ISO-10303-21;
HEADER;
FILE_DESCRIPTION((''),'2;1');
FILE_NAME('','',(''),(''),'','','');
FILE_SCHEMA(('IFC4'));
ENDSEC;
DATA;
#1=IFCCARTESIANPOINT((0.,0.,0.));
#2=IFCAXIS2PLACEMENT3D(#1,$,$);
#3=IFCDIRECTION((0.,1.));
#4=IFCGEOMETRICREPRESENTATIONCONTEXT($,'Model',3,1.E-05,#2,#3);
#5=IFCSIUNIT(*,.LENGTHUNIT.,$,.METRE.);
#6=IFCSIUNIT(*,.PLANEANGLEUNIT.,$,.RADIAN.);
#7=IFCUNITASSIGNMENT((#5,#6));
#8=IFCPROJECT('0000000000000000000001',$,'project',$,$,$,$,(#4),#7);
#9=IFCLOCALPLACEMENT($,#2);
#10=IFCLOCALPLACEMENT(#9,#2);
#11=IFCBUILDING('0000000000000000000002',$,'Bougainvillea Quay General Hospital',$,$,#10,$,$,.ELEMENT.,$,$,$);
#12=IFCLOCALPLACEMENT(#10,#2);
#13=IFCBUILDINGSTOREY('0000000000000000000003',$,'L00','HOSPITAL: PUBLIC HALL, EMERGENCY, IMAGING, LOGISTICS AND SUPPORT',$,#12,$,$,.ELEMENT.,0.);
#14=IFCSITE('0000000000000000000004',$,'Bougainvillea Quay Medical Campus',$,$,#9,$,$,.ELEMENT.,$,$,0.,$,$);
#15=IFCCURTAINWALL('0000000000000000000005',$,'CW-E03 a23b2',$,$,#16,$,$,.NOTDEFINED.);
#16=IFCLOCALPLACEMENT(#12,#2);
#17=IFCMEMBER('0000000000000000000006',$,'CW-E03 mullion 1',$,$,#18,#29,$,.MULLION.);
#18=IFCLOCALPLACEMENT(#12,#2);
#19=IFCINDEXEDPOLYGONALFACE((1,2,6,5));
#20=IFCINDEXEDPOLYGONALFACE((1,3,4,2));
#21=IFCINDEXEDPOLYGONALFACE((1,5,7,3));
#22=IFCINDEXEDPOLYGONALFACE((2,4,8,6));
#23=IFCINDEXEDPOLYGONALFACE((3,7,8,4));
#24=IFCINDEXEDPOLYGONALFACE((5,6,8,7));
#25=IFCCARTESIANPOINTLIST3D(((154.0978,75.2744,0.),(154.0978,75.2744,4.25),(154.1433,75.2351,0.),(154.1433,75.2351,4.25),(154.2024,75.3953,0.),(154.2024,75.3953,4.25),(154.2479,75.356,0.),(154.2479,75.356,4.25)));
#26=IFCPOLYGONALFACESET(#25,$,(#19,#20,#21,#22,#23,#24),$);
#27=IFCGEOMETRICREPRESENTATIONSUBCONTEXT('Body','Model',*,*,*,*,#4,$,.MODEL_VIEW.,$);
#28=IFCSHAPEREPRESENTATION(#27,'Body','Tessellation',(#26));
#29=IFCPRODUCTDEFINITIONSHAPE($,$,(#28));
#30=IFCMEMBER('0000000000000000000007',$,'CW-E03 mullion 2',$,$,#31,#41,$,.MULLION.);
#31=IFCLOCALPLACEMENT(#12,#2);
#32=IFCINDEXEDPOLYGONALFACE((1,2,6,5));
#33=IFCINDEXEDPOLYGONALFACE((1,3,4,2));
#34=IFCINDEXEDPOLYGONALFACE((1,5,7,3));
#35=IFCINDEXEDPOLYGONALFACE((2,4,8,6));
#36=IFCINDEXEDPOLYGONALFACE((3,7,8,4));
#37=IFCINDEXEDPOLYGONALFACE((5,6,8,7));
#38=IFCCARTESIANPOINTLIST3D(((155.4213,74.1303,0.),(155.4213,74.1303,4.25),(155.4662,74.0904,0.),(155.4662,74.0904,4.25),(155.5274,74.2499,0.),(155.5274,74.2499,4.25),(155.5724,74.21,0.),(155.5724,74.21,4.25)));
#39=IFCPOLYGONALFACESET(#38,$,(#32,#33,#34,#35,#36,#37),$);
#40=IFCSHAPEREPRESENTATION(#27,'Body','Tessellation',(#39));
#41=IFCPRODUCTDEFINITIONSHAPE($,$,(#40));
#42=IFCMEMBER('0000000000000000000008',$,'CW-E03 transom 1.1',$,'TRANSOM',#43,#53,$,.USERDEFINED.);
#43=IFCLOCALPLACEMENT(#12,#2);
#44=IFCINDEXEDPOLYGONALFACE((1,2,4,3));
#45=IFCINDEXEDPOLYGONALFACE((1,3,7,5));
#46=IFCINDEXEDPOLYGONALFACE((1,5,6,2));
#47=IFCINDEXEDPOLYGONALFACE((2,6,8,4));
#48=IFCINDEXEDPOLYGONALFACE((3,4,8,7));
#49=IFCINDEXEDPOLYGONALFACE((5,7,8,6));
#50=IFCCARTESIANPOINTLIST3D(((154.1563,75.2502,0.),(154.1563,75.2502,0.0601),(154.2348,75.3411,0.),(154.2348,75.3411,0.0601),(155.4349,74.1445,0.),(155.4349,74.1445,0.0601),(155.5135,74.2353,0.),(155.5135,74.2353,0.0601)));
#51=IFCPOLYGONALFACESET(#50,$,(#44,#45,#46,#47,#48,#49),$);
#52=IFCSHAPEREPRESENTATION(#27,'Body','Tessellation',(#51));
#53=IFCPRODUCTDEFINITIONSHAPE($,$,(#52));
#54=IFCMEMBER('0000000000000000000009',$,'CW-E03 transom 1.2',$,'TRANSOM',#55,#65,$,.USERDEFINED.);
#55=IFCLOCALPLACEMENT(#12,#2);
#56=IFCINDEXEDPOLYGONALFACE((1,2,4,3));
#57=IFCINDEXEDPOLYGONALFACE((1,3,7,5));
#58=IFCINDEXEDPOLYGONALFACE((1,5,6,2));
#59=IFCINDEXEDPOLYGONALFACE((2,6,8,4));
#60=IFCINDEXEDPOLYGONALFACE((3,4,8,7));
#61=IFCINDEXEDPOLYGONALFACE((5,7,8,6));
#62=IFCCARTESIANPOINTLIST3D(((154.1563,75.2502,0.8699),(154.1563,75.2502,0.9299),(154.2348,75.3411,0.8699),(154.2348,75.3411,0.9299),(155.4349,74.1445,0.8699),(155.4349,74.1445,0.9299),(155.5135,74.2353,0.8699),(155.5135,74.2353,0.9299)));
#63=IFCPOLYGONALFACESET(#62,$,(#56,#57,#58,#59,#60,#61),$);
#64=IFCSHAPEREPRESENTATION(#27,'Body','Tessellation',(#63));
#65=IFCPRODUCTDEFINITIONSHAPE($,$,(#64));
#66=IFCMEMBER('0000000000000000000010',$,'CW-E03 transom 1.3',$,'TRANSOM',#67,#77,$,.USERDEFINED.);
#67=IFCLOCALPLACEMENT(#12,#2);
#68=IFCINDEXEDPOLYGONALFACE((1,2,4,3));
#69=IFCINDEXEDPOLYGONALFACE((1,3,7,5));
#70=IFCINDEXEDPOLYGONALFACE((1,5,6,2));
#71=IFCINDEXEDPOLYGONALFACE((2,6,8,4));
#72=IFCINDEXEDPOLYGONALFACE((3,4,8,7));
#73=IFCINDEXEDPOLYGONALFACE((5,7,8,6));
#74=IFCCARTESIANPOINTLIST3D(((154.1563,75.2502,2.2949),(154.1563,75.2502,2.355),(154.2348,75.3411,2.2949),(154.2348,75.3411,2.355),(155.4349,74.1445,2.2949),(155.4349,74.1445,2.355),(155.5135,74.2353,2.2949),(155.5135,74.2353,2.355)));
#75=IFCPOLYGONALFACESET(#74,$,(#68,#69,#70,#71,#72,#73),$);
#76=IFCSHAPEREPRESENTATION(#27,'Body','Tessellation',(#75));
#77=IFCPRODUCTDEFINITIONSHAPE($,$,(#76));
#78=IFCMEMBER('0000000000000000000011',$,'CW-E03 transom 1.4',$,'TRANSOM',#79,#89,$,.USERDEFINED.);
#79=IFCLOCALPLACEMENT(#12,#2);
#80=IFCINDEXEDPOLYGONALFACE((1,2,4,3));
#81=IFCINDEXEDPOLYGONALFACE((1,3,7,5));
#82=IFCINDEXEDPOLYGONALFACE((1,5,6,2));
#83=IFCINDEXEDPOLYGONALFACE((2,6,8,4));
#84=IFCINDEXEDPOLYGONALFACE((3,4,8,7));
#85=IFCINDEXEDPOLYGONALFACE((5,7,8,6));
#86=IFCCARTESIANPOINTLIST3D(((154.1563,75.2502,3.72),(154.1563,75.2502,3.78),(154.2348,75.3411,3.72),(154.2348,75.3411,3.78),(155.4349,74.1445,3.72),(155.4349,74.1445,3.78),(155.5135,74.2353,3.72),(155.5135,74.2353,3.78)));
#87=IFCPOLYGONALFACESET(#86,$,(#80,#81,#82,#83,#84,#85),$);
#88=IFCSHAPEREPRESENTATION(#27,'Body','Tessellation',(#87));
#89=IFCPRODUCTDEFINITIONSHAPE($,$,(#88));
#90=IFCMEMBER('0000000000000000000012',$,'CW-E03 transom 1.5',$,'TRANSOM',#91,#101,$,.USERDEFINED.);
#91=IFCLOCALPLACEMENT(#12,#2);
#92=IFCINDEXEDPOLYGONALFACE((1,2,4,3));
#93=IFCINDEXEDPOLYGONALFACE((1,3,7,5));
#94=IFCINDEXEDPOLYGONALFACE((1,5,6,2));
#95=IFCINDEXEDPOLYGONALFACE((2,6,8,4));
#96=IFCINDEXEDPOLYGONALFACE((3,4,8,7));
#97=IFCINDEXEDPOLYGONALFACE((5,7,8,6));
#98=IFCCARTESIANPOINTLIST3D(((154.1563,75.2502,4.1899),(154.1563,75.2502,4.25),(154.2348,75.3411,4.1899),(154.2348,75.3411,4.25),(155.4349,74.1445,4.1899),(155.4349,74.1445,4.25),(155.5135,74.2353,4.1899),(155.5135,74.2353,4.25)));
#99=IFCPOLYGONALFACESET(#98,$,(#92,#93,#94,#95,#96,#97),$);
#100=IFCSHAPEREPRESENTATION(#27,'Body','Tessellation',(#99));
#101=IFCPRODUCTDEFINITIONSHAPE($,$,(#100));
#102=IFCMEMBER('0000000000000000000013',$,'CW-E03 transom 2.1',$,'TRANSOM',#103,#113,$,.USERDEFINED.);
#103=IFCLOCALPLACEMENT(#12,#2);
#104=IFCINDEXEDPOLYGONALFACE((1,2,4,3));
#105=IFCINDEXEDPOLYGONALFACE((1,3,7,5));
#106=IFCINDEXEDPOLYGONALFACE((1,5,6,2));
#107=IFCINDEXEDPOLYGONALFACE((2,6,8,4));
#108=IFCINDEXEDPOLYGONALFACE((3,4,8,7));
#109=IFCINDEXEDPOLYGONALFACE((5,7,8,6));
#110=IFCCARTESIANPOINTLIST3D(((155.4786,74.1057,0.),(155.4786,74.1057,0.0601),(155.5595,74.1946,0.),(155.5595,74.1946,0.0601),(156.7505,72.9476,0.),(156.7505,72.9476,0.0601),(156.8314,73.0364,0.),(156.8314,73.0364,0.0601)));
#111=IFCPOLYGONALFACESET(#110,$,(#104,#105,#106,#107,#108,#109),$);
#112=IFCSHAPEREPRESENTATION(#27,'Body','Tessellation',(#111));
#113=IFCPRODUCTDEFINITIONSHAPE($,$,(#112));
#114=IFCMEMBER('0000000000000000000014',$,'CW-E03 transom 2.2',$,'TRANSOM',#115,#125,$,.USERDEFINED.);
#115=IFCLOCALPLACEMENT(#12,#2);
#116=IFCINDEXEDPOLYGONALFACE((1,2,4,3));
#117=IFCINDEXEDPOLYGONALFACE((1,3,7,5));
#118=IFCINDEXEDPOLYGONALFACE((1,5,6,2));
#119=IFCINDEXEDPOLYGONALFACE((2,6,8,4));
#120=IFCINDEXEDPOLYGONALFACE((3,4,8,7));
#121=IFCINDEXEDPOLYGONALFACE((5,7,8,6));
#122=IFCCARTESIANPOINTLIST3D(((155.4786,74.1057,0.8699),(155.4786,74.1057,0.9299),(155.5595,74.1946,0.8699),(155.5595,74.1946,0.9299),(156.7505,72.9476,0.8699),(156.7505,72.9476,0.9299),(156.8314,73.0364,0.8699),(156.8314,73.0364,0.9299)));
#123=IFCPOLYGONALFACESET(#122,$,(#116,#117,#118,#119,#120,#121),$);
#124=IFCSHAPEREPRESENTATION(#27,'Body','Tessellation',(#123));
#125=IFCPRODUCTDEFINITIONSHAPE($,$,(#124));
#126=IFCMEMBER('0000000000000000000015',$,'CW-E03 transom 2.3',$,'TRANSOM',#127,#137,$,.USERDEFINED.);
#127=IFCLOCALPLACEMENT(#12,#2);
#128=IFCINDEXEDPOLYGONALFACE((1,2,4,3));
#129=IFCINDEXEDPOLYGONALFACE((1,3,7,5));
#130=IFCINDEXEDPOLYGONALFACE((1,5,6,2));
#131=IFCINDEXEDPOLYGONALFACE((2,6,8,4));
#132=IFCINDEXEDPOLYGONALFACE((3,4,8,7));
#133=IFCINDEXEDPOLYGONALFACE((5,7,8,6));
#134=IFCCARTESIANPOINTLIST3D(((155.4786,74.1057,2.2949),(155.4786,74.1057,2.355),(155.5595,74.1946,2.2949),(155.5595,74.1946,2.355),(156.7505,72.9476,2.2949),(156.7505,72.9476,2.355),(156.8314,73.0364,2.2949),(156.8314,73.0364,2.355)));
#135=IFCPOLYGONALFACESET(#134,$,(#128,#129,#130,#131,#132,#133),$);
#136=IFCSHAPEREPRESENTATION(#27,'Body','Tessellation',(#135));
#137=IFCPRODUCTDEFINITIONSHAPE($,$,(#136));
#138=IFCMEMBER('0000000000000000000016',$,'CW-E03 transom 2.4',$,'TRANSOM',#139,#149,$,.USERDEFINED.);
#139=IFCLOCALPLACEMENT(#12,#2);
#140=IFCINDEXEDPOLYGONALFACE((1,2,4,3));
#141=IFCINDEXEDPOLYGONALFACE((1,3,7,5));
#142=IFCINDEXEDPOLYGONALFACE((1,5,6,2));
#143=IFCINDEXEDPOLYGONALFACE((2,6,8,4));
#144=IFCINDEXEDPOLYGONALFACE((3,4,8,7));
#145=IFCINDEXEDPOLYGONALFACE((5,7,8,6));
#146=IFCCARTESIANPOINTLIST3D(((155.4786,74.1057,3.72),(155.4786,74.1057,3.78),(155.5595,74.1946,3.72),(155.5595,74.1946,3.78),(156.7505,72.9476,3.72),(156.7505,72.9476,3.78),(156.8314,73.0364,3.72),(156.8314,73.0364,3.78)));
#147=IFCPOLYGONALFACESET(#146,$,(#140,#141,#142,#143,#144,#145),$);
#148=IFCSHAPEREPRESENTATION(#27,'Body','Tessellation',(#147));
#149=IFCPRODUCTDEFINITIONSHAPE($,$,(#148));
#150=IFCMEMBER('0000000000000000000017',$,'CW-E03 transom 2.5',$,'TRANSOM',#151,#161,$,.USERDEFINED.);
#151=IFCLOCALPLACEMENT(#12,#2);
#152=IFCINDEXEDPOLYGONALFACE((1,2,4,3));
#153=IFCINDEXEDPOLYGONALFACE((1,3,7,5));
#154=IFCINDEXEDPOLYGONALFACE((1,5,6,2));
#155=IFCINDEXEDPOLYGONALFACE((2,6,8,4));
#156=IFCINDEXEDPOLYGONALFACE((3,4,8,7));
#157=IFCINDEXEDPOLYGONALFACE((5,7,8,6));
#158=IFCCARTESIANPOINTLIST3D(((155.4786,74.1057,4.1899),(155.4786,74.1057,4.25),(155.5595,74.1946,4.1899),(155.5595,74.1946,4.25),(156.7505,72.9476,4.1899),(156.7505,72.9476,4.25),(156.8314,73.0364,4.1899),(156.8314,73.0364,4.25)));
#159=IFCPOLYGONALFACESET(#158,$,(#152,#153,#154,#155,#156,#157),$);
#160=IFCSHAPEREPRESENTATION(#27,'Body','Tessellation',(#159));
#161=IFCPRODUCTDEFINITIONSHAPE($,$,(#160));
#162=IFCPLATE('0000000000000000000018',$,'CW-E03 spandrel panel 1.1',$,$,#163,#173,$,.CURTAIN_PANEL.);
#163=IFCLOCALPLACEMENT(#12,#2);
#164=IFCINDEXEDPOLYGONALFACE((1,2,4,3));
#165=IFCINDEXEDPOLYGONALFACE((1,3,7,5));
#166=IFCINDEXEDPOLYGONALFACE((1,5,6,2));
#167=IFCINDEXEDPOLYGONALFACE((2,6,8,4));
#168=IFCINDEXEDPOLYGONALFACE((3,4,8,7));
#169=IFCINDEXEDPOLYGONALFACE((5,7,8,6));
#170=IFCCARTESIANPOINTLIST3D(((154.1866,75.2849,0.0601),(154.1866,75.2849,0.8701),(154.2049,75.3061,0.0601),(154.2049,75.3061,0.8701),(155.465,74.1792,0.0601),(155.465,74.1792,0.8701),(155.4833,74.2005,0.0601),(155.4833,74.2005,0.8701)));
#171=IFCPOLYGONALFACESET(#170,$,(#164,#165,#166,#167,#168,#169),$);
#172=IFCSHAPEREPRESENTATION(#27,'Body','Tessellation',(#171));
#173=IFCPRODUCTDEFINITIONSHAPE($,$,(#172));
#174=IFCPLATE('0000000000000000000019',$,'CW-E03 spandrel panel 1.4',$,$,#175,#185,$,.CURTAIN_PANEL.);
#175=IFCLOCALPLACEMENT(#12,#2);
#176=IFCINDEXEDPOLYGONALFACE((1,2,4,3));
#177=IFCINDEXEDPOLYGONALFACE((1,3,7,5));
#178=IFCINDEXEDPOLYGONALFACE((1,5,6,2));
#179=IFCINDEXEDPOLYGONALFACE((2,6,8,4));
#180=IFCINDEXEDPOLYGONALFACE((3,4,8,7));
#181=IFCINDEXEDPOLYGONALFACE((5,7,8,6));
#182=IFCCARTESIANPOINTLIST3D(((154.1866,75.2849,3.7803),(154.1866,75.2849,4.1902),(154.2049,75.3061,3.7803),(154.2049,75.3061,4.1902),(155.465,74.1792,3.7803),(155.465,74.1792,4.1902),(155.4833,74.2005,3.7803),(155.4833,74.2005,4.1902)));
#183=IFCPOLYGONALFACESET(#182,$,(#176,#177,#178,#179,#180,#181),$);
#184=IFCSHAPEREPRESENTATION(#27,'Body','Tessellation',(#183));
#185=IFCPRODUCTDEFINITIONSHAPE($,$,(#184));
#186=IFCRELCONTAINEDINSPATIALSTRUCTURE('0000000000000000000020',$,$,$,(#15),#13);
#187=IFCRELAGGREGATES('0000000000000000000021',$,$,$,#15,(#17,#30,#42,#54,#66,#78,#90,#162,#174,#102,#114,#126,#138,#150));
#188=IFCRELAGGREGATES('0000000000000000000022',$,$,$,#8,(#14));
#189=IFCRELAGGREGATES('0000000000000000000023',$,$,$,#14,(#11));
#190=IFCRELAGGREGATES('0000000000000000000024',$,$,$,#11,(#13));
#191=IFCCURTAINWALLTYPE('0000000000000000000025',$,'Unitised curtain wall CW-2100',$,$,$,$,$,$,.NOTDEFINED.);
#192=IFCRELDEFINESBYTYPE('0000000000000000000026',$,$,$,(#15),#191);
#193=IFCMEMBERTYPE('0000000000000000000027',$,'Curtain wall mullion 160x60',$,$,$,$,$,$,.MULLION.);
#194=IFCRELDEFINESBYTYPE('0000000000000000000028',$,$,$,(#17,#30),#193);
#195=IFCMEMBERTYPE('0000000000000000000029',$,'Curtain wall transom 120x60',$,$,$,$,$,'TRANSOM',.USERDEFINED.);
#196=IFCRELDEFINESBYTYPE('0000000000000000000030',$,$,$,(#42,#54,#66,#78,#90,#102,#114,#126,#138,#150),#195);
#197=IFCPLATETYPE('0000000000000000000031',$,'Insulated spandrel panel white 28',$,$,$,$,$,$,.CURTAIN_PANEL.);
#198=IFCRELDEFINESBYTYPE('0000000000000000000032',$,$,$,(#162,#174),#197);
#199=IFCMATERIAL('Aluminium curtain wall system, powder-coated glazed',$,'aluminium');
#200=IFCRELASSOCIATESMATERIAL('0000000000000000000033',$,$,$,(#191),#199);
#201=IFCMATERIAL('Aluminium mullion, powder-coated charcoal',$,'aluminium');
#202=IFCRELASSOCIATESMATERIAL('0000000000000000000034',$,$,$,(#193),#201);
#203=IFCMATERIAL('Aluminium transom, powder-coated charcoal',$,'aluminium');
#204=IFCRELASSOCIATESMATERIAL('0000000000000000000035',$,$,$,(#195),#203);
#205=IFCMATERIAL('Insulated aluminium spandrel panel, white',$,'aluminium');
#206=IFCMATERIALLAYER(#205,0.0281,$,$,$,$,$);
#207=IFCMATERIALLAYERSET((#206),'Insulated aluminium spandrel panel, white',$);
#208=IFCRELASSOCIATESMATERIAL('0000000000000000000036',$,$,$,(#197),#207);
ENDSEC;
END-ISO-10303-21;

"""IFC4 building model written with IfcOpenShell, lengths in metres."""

from ifc_helpers import new_model, si_unit, direction, frame, origin, origin_2d, place, context, subcontext, project, spatial, rectangle, extrude, material, layer, layer_set, material_profile, profile_set, type_object, element, aggregate, save


model = new_model("IFC4")

# Units and contexts
model_context = context("Model", 3, precision=1e-05, world=origin(), true_north=direction((0.0, 1.0)))
body_context = subcontext(model_context, "Body", "Model", "MODEL_VIEW")
ifc_project = project(units=[si_unit("LENGTHUNIT", "METRE"), si_unit("PLANEANGLEUNIT", "RADIAN")], contexts=[model_context])

# Site, building, storey
site_placement = place(None, origin())
site = spatial("IfcSite", under=ifc_project, at=site_placement, Name="Bougainvillea Quay Medical Campus", CompositionType="ELEMENT", RefElevation=0.0)
building_placement = place(site_placement, origin())
building = spatial("IfcBuilding", under=site, at=building_placement, Name="Bougainvillea Quay General Hospital", CompositionType="ELEMENT")
storey_placement = place(building_placement, origin())
storey = spatial("IfcBuildingStorey", under=building, at=storey_placement, Name="L00", Description="HOSPITAL: PUBLIC HALL, EMERGENCY, IMAGING, LOGISTICS AND SUPPORT", CompositionType="ELEMENT", Elevation=0.0)

# Curtain wall, members, plates
ifc_material_1 = material(Name="Aluminium curtain wall system, powder-coated glazed", Category="aluminium")
curtain_wall_type = type_object("IfcCurtainWallType", Name="Unitised curtain wall CW-2100", PredefinedType="NOTDEFINED", material=ifc_material_1)
curtain_wall_placement = place(storey_placement, origin())
curtain_wall = element("IfcCurtainWall", 1, at=curtain_wall_placement, inside=storey, type_object=curtain_wall_type, Name="CW-E03 a23b2", PredefinedType="NOTDEFINED")
ifc_material_2 = material(Name="Aluminium mullion, powder-coated charcoal", Category="aluminium")
ifc_material_profile_1 = material_profile(ifc_material_2, rectangle(XDim=0.1599, YDim=0.0601, at=origin_2d()))
ifc_profile_set_1 = profile_set([ifc_material_profile_1], Name="Aluminium mullion, powder-coated charcoal")
member_type_1 = type_object("IfcMemberType", Name="Curtain wall mullion 160x60", PredefinedType="MULLION", material=ifc_profile_set_1)
member_1_placement = place(storey_placement, frame((154.1729, 75.3152, 0.0), z_axis=(0.0, 0.0, 1.0), x_axis=(0.65415, 0.756365, 0.0)))
member_1 = element("IfcMember", 2, at=member_1_placement, type_object=member_type_1, Name="CW-E03 mullion 1", PredefinedType="MULLION", context=body_context, shape_type="SweptSolid", body=[
    extrude(rectangle(XDim=0.1599, YDim=0.0601, at=origin_2d()), origin(), (0.0, 0.0, 1.0), 4.25),
])
member_2_placement = place(storey_placement, frame((155.4968, 74.1702, 0.0), z_axis=(0.0, 0.0, 1.0), x_axis=(0.663749, 0.747956, 0.0)))
member_2 = element("IfcMember", 3, at=member_2_placement, type_object=member_type_1, Name="CW-E03 mullion 2", PredefinedType="MULLION", context=body_context, shape_type="SweptSolid", body=[
    extrude(rectangle(XDim=0.1599, YDim=0.0601, at=origin_2d()), origin(), (0.0, 0.0, 1.0), 4.25),
])
ifc_material_3 = material(Name="Aluminium transom, powder-coated charcoal", Category="aluminium")
ifc_material_profile_2 = material_profile(ifc_material_3, rectangle(XDim=0.1201, YDim=0.0601, at=origin_2d()))
ifc_profile_set_2 = profile_set([ifc_material_profile_2], Name="Aluminium transom, powder-coated charcoal")
member_type_2 = type_object("IfcMemberType", Name="Curtain wall transom 120x60", ElementType="TRANSOM", PredefinedType="USERDEFINED", material=ifc_profile_set_2)
member_3_placement = place(storey_placement, frame((154.1956, 75.2957, 0.03), z_axis=(0.756384, -0.654127, 0.0), x_axis=(0.654127, 0.756384, 0.0)))
member_3 = element("IfcMember", 4, at=member_3_placement, type_object=member_type_2, Name="CW-E03 transom 1.1", ObjectType="TRANSOM", PredefinedType="USERDEFINED", context=body_context, shape_type="SweptSolid", body=[
    extrude(rectangle(XDim=0.1201, YDim=0.0601, at=origin_2d()), origin(), (0.0, 0.0, 1.0), 1.6904),
])
member_4_placement = place(storey_placement, frame((154.1956, 75.2957, 0.8999), z_axis=(0.756384, -0.654127, 0.0), x_axis=(0.654127, 0.756384, 0.0)))
member_4 = element("IfcMember", 5, at=member_4_placement, type_object=member_type_2, Name="CW-E03 transom 1.2", ObjectType="TRANSOM", PredefinedType="USERDEFINED", context=body_context, shape_type="SweptSolid", body=[
    extrude(rectangle(XDim=0.1201, YDim=0.0601, at=origin_2d()), origin(), (0.0, 0.0, 1.0), 1.6904),
])
member_5_placement = place(storey_placement, frame((154.1956, 75.2957, 2.325), z_axis=(0.756384, -0.654127, 0.0), x_axis=(0.654127, 0.756384, 0.0)))
member_5 = element("IfcMember", 6, at=member_5_placement, type_object=member_type_2, Name="CW-E03 transom 1.3", ObjectType="TRANSOM", PredefinedType="USERDEFINED", context=body_context, shape_type="SweptSolid", body=[
    extrude(rectangle(XDim=0.1201, YDim=0.0601, at=origin_2d()), origin(), (0.0, 0.0, 1.0), 1.6904),
])
member_6_placement = place(storey_placement, frame((154.1956, 75.2957, 3.75), z_axis=(0.756384, -0.654127, 0.0), x_axis=(0.654127, 0.756384, 0.0)))
member_6 = element("IfcMember", 7, at=member_6_placement, type_object=member_type_2, Name="CW-E03 transom 1.4", ObjectType="TRANSOM", PredefinedType="USERDEFINED", context=body_context, shape_type="SweptSolid", body=[
    extrude(rectangle(XDim=0.1201, YDim=0.0601, at=origin_2d()), origin(), (0.0, 0.0, 1.0), 1.6904),
])
member_7_placement = place(storey_placement, frame((154.1956, 75.2957, 4.22), z_axis=(0.756384, -0.654127, 0.0), x_axis=(0.654127, 0.756384, 0.0)))
member_7 = element("IfcMember", 8, at=member_7_placement, type_object=member_type_2, Name="CW-E03 transom 1.5", ObjectType="TRANSOM", PredefinedType="USERDEFINED", context=body_context, shape_type="SweptSolid", body=[
    extrude(rectangle(XDim=0.1201, YDim=0.0601, at=origin_2d()), origin(), (0.0, 0.0, 1.0), 1.6904),
])
member_8_placement = place(storey_placement, frame((155.519, 74.1501, 0.03), z_axis=(0.7394, -0.673266, 0.0), x_axis=(0.673266, 0.7394, 0.0)))
member_8 = element("IfcMember", 9, at=member_8_placement, type_object=member_type_2, Name="CW-E03 transom 2.1", ObjectType="TRANSOM", PredefinedType="USERDEFINED", context=body_context, shape_type="SweptSolid", body=[
    extrude(rectangle(XDim=0.1201, YDim=0.0601, at=origin_2d()), origin(), (0.0, 0.0, 1.0), 1.7202),
])
member_9_placement = place(storey_placement, frame((155.519, 74.1501, 0.8999), z_axis=(0.7394, -0.673266, 0.0), x_axis=(0.673266, 0.7394, 0.0)))
member_9 = element("IfcMember", 10, at=member_9_placement, type_object=member_type_2, Name="CW-E03 transom 2.2", ObjectType="TRANSOM", PredefinedType="USERDEFINED", context=body_context, shape_type="SweptSolid", body=[
    extrude(rectangle(XDim=0.1201, YDim=0.0601, at=origin_2d()), origin(), (0.0, 0.0, 1.0), 1.7202),
])
member_10_placement = place(storey_placement, frame((155.519, 74.1501, 2.325), z_axis=(0.7394, -0.673266, 0.0), x_axis=(0.673266, 0.7394, 0.0)))
member_10 = element("IfcMember", 11, at=member_10_placement, type_object=member_type_2, Name="CW-E03 transom 2.3", ObjectType="TRANSOM", PredefinedType="USERDEFINED", context=body_context, shape_type="SweptSolid", body=[
    extrude(rectangle(XDim=0.1201, YDim=0.0601, at=origin_2d()), origin(), (0.0, 0.0, 1.0), 1.7202),
])
member_11_placement = place(storey_placement, frame((155.519, 74.1501, 3.75), z_axis=(0.7394, -0.673266, 0.0), x_axis=(0.673266, 0.7394, 0.0)))
member_11 = element("IfcMember", 12, at=member_11_placement, type_object=member_type_2, Name="CW-E03 transom 2.4", ObjectType="TRANSOM", PredefinedType="USERDEFINED", context=body_context, shape_type="SweptSolid", body=[
    extrude(rectangle(XDim=0.1201, YDim=0.0601, at=origin_2d()), origin(), (0.0, 0.0, 1.0), 1.7202),
])
member_12_placement = place(storey_placement, frame((155.519, 74.1501, 4.22), z_axis=(0.7394, -0.673266, 0.0), x_axis=(0.673266, 0.7394, 0.0)))
member_12 = element("IfcMember", 13, at=member_12_placement, type_object=member_type_2, Name="CW-E03 transom 2.5", ObjectType="TRANSOM", PredefinedType="USERDEFINED", context=body_context, shape_type="SweptSolid", body=[
    extrude(rectangle(XDim=0.1201, YDim=0.0601, at=origin_2d()), origin(), (0.0, 0.0, 1.0), 1.7202),
])
ifc_material_4 = material(Name="Insulated aluminium spandrel panel, white", Category="aluminium")
ifc_layer_1 = layer(ifc_material_4, 0.0281)
ifc_layer_set_1 = layer_set([ifc_layer_1], Name="Insulated aluminium spandrel panel, white")
plate_type_1 = type_object("IfcPlateType", Name="Insulated spandrel panel white 28", PredefinedType="CURTAIN_PANEL", material=ifc_layer_set_1)
plate_1_placement = place(storey_placement, frame((154.835, 74.7427, 0.0601), z_axis=(0.0, 0.0, 1.0), x_axis=(0.756365, -0.65415, 0.0)))
plate_1 = element("IfcPlate", 14, at=plate_1_placement, type_object=plate_type_1, Name="CW-E03 spandrel panel 1.1", PredefinedType="CURTAIN_PANEL", context=body_context, shape_type="SweptSolid", body=[
    extrude(rectangle(XDim=1.6902, YDim=0.0281, at=origin_2d()), origin(), (0.0, 0.0, 1.0), 0.8101),
])
plate_2_placement = place(storey_placement, frame((154.835, 74.7427, 3.7803), z_axis=(0.0, 0.0, 1.0), x_axis=(0.756365, -0.65415, 0.0)))
plate_2 = element("IfcPlate", 15, at=plate_2_placement, type_object=plate_type_1, Name="CW-E03 spandrel panel 1.4", PredefinedType="CURTAIN_PANEL", context=body_context, shape_type="SweptSolid", body=[
    extrude(rectangle(XDim=1.6902, YDim=0.0281, at=origin_2d()), origin(), (0.0, 0.0, 1.0), 0.4099),
])
aggregate(curtain_wall, [member_1, member_2, member_3, member_4, member_5, member_6, member_7, plate_1, plate_2, member_8, member_9, member_10, member_11, member_12])

save(model, "model.ifc")
